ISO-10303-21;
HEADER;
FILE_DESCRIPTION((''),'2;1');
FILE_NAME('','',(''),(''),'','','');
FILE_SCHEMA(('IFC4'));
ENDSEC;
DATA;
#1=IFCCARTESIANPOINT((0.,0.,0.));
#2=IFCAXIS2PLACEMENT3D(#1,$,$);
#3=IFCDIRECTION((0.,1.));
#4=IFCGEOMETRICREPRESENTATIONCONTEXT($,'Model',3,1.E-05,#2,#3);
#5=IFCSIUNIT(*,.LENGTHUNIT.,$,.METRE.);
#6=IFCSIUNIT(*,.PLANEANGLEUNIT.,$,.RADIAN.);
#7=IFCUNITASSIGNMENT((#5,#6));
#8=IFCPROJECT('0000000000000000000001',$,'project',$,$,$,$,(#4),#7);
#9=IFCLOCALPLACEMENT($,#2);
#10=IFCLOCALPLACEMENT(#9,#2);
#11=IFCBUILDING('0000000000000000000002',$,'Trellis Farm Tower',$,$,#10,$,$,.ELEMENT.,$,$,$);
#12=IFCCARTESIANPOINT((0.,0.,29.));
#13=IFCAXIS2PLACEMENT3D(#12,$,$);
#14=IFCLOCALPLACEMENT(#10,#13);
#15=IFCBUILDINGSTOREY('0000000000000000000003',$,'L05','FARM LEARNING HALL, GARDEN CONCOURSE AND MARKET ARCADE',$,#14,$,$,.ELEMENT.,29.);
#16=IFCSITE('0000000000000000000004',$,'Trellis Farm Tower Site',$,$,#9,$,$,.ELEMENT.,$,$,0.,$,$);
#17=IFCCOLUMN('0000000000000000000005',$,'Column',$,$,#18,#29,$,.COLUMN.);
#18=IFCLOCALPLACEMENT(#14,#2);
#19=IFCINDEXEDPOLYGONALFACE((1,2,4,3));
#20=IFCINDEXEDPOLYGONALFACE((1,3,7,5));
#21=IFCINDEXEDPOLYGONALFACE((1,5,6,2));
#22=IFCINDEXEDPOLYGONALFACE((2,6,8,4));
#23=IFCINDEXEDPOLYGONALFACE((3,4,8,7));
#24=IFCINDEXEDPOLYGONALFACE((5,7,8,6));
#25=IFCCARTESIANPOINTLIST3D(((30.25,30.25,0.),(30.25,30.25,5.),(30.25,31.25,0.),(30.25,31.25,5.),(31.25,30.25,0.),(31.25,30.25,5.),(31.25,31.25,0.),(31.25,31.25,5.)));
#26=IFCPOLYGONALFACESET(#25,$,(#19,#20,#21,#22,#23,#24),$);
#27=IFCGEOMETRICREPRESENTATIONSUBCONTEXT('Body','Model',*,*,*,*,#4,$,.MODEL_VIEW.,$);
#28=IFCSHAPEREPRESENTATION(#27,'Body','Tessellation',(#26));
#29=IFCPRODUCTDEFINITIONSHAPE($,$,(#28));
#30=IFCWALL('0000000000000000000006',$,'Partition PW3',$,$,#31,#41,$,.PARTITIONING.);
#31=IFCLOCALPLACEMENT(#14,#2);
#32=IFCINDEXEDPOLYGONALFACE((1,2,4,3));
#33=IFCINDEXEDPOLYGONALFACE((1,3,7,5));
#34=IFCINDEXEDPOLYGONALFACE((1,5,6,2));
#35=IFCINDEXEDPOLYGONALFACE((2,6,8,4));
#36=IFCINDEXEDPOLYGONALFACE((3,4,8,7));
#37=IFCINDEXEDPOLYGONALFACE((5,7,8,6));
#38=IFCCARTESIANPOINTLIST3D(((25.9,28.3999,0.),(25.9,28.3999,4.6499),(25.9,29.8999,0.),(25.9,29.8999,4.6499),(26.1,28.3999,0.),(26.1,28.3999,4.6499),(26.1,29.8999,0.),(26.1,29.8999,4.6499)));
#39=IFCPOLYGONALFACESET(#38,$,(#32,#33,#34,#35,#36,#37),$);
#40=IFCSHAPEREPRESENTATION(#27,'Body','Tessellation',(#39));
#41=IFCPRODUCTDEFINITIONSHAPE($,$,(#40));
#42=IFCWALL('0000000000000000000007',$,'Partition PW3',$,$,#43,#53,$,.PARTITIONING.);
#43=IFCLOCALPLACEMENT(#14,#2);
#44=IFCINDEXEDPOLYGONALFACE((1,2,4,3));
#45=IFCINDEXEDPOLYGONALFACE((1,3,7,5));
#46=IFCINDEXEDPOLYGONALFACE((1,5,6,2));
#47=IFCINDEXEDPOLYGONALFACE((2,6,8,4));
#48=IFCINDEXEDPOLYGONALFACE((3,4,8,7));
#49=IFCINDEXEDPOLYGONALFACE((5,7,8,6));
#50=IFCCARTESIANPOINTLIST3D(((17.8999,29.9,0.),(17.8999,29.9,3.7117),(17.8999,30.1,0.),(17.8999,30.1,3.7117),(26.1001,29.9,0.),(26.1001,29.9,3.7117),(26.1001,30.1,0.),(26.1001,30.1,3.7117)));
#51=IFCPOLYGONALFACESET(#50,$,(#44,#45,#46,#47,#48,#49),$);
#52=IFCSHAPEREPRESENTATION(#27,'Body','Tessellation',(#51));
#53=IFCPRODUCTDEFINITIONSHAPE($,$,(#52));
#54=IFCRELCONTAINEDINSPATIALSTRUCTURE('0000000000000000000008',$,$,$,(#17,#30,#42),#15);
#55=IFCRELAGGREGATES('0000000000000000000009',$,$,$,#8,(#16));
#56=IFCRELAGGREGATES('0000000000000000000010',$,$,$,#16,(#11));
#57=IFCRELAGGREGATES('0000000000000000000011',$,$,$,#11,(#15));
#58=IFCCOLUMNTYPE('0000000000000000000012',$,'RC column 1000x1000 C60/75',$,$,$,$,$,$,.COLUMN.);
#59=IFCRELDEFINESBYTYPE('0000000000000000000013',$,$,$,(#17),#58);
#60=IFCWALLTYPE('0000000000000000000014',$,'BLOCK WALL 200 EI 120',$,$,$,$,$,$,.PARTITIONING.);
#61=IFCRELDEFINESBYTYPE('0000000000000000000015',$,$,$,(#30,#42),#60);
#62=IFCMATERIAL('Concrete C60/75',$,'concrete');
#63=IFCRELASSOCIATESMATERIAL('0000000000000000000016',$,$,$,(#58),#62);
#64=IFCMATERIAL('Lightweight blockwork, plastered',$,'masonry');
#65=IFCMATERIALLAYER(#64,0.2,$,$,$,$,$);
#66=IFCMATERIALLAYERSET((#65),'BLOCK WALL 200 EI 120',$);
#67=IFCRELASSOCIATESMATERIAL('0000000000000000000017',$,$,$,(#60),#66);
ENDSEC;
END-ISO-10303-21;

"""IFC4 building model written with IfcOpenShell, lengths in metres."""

from ifc_helpers import new_model, si_unit, direction, frame, frame_2d, origin, origin_2d, place, context, subcontext, project, spatial, rectangle, extrude, source, transform, mapped, material, layer, layer_set, material_profile, profile_set, type_object, element, save


model = new_model("IFC4")

# Units and contexts
model_context = context("Model", 3, precision=1e-05, world=origin(), true_north=direction((0.0, 1.0)))
body_context = subcontext(model_context, "Body", "Model", "MODEL_VIEW")
ifc_project = project(units=[si_unit("LENGTHUNIT", "METRE"), si_unit("PLANEANGLEUNIT", "RADIAN")], contexts=[model_context])

# Site, building, storey
site_placement = place(None, origin())
site = spatial("IfcSite", under=ifc_project, at=site_placement, Name="Trellis Farm Tower Site", CompositionType="ELEMENT", RefElevation=0.0)
building_placement = place(site_placement, origin())
building = spatial("IfcBuilding", under=site, at=building_placement, Name="Trellis Farm Tower", CompositionType="ELEMENT")
storey_placement = place(building_placement, frame((0.0, 0.0, 29.0)))
storey = spatial("IfcBuildingStorey", under=building, at=storey_placement, Name="L05", Description="FARM LEARNING HALL, GARDEN CONCOURSE AND MARKET ARCADE", CompositionType="ELEMENT", Elevation=29.0)

# Column
ifc_material_1 = material(Name="Concrete C60/75", Category="concrete")
ifc_material_profile = material_profile(ifc_material_1, rectangle(XDim=1.0, YDim=1.0, at=origin_2d()), Name="RC column 1000x1000 C60/75")
ifc_profile_set = profile_set([ifc_material_profile], Name="Concrete C60/75")
column_type = type_object("IfcColumnType", Name="RC column 1000x1000 C60/75", PredefinedType="COLUMN", material=ifc_profile_set)
shared_shape_1 = source(origin(), body_context, "Body", "SweptSolid", [
    extrude(rectangle(XDim=1.0, YDim=1.0, at=origin_2d()), origin(), (0.0, 0.0, 1.0), 5.0),
])
column_placement = place(storey_placement, frame((30.75, 30.75, 0.0), z_axis=(0.0, 0.0, 1.0), x_axis=(1.0, 0.0, 0.0)))
element("IfcColumn", 1, at=column_placement, inside=storey, type_object=column_type, Name="Column", PredefinedType="COLUMN", context=body_context, shape_type="MappedRepresentation", body=[
    mapped(shared_shape_1, transform((0.0, 0.0, 0.0))),
])

# Walls
ifc_material_2 = material(Name="Lightweight blockwork, plastered", Category="masonry")
ifc_layer_1 = layer(ifc_material_2, 0.2)
ifc_layer_set_1 = layer_set([ifc_layer_1], Name="BLOCK WALL 200 EI 120")
wall_type_1 = type_object("IfcWallType", Name="BLOCK WALL 200 EI 120", PredefinedType="PARTITIONING", material=ifc_layer_set_1)
shared_shape_2 = source(origin(), body_context, "Body", "SweptSolid", [
    extrude(rectangle(XDim=1.5, YDim=0.2, at=frame_2d((0.75, 0.0))), origin(), (0.0, 0.0, 1.0), 4.6499),
])
wall_1_placement = place(storey_placement, frame((26.0, 29.8999, 0.0), z_axis=(0.0, 0.0, 1.0), x_axis=(0.0, -1.0, 0.0)))
element("IfcWall", 2, at=wall_1_placement, inside=storey, type_object=wall_type_1, Name="Partition PW3", PredefinedType="PARTITIONING", context=body_context, shape_type="MappedRepresentation", body=[
    mapped(shared_shape_2, transform((0.0, 0.0, 0.0))),
])
shared_shape_3 = source(origin(), body_context, "Body", "SweptSolid", [
    extrude(rectangle(XDim=8.2002, YDim=0.2, at=frame_2d((4.1001, 0.0))), origin(), (0.0, 0.0, 1.0), 3.7117),
])
wall_2_placement = place(storey_placement, frame((26.1001, 30.0, 0.0), z_axis=(0.0, 0.0, 1.0), x_axis=(-1.0, 0.0, 0.0)))
element("IfcWall", 3, at=wall_2_placement, inside=storey, type_object=wall_type_1, Name="Partition PW3", PredefinedType="PARTITIONING", context=body_context, shape_type="MappedRepresentation", body=[
    mapped(shared_shape_3, transform((0.0, 0.0, 0.0))),
])

save(model, "model.ifc")
